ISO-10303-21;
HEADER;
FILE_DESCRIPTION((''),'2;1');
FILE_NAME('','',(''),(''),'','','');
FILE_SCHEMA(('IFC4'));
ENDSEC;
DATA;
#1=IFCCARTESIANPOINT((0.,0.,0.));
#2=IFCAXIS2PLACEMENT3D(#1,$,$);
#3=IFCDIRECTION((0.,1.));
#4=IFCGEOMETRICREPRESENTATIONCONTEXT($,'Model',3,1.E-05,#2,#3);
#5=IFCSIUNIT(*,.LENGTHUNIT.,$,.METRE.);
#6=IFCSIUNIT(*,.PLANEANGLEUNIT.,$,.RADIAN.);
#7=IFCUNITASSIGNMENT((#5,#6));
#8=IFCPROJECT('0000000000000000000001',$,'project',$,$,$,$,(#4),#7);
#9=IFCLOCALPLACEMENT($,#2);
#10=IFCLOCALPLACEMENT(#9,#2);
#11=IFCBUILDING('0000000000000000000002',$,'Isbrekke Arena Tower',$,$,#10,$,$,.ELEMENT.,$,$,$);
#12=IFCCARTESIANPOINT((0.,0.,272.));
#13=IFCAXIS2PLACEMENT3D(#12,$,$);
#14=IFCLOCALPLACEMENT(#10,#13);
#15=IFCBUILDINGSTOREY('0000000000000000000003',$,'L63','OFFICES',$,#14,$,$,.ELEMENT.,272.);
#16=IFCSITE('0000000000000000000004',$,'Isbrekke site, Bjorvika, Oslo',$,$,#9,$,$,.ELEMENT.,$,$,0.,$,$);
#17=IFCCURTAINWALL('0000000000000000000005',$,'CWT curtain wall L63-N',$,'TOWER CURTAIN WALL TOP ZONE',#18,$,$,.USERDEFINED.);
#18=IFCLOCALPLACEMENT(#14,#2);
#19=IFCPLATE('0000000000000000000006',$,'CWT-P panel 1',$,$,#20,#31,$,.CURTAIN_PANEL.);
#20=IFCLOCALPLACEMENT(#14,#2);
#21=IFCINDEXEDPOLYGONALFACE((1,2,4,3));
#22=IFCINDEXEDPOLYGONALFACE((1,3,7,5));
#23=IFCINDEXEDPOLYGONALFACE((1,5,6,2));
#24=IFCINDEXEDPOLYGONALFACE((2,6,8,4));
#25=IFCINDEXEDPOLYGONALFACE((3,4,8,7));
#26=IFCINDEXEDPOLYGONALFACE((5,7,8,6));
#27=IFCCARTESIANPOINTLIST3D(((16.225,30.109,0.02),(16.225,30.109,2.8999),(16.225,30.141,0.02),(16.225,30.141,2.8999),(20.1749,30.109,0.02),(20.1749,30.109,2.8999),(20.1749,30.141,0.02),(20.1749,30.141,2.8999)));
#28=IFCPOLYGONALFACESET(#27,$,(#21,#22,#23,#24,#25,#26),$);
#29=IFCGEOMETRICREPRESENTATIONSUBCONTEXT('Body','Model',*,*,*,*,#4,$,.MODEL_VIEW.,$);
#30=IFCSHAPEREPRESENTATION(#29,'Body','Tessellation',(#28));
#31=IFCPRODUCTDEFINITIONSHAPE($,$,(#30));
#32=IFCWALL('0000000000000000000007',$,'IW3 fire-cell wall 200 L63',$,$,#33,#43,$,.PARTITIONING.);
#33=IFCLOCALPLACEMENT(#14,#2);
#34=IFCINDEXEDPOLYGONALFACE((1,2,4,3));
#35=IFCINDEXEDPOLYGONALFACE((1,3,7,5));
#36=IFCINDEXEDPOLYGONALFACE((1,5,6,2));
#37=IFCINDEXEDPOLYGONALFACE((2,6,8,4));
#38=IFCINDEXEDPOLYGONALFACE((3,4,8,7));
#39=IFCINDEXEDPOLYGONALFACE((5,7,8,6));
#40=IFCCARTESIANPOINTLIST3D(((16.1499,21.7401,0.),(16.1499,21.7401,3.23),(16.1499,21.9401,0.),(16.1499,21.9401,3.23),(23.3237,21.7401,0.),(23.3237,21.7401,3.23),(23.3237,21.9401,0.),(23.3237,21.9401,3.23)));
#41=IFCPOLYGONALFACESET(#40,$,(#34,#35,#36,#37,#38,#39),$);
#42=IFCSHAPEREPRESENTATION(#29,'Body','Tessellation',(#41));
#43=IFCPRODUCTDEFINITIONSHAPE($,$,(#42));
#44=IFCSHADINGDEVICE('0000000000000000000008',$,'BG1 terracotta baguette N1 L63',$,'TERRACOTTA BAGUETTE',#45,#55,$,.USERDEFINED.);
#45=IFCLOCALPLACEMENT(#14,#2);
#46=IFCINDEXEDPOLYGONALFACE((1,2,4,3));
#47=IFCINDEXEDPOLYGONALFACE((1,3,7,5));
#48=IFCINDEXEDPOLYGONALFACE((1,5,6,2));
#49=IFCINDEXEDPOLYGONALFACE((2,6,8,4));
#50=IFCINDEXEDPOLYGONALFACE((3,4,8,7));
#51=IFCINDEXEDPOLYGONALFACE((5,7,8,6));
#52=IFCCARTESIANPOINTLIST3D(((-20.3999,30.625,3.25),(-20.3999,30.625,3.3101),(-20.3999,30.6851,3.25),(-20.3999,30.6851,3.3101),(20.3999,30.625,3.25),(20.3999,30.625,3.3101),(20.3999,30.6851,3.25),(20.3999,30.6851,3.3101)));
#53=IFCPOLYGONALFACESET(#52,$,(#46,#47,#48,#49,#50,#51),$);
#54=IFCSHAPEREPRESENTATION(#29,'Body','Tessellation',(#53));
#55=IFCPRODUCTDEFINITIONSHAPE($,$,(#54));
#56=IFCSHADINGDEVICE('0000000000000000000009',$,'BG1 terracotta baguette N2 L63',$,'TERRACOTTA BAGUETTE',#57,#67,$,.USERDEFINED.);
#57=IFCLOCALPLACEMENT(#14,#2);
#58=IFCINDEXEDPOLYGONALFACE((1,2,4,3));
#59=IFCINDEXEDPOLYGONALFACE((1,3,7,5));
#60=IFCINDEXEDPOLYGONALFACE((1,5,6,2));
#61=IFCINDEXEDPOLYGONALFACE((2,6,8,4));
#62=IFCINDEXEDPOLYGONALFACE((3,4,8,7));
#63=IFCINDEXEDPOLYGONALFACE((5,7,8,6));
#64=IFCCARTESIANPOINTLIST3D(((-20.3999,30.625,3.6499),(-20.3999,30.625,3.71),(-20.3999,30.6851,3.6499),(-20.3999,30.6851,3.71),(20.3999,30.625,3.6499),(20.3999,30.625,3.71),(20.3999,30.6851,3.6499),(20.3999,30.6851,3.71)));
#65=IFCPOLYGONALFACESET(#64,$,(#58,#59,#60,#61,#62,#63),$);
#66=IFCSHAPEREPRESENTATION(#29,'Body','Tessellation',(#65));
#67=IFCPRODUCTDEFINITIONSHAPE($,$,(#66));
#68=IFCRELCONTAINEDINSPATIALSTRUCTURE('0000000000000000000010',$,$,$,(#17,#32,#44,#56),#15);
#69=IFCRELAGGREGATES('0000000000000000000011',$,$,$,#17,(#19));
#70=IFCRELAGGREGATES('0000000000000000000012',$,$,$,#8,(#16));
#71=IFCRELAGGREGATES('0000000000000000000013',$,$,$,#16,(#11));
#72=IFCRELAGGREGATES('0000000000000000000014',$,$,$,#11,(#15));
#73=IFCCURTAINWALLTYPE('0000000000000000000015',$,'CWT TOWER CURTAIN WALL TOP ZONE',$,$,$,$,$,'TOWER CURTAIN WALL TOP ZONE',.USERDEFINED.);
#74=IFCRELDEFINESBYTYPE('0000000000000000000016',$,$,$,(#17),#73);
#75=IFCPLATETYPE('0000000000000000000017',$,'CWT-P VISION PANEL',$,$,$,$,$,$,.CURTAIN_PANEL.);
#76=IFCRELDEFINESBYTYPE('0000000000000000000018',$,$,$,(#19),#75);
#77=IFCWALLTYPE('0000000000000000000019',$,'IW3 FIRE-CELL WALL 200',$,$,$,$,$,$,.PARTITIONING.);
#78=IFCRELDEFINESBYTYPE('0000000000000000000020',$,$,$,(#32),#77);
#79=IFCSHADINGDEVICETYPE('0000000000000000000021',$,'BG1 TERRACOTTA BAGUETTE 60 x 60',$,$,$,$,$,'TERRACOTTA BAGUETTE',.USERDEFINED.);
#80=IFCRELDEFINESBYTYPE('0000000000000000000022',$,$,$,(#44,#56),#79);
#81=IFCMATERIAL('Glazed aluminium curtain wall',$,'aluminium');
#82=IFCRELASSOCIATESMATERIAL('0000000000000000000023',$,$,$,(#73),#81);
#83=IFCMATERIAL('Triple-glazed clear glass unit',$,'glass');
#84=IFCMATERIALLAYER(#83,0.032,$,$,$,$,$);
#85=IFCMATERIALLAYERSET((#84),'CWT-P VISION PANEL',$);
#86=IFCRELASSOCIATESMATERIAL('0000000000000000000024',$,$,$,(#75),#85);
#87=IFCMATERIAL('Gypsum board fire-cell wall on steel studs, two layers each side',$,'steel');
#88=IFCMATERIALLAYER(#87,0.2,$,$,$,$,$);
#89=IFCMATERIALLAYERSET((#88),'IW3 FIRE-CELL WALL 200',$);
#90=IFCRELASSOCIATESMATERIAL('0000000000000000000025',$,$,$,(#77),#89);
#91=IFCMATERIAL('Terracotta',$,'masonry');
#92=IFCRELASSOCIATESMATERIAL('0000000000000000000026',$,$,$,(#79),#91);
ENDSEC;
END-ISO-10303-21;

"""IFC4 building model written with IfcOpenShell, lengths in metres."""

from ifc_helpers import new_model, si_unit, direction, frame, frame_2d, origin, origin_2d, place, context, subcontext, project, spatial, rectangle, extrude, material, layer, layer_set, material_profile, profile_set, type_object, element, aggregate, save


model = new_model("IFC4")

# Units and contexts
model_context = context("Model", 3, precision=1e-05, world=origin(), true_north=direction((0.0, 1.0)))
body_context = subcontext(model_context, "Body", "Model", "MODEL_VIEW")
ifc_project = project(units=[si_unit("LENGTHUNIT", "METRE"), si_unit("PLANEANGLEUNIT", "RADIAN")], contexts=[model_context])

# Site, building, storey
site_placement = place(None, origin())
site = spatial("IfcSite", under=ifc_project, at=site_placement, Name="Isbrekke site, Bjorvika, Oslo", CompositionType="ELEMENT", RefElevation=0.0)
building_placement = place(site_placement, origin())
building = spatial("IfcBuilding", under=site, at=building_placement, Name="Isbrekke Arena Tower", CompositionType="ELEMENT")
storey_placement = place(building_placement, frame((0.0, 0.0, 272.0)))
storey = spatial("IfcBuildingStorey", under=building, at=storey_placement, Name="L63", Description="OFFICES", CompositionType="ELEMENT", Elevation=272.0)

# Curtain wall
ifc_material_1 = material(Name="Glazed aluminium curtain wall", Category="aluminium")
curtain_wall_type = type_object("IfcCurtainWallType", Name="CWT TOWER CURTAIN WALL TOP ZONE", ElementType="TOWER CURTAIN WALL TOP ZONE", PredefinedType="USERDEFINED", material=ifc_material_1)
curtain_wall_1_placement = place(storey_placement, origin())
curtain_wall_1 = element("IfcCurtainWall", 1, at=curtain_wall_1_placement, inside=storey, type_object=curtain_wall_type, Name="CWT curtain wall L63-N", ObjectType="TOWER CURTAIN WALL TOP ZONE", PredefinedType="USERDEFINED")

# Plate
ifc_material_2 = material(Name="Triple-glazed clear glass unit", Category="glass")
ifc_layer_1 = layer(ifc_material_2, 0.032)
ifc_layer_set_1 = layer_set([ifc_layer_1], Name="CWT-P VISION PANEL")
plate_type = type_object("IfcPlateType", Name="CWT-P VISION PANEL", PredefinedType="CURTAIN_PANEL", material=ifc_layer_set_1)
plate_1_placement = place(storey_placement, frame((18.2, 30.125, 0.02), z_axis=(0.0, 0.0, 1.0), x_axis=(-1.0, 0.0, 0.0)))
plate_1 = element("IfcPlate", 2, at=plate_1_placement, type_object=plate_type, Name="CWT-P panel 1", PredefinedType="CURTAIN_PANEL", context=body_context, shape_type="SweptSolid", body=[
    extrude(rectangle(XDim=3.95, YDim=0.032, at=origin_2d()), origin(), (0.0, 0.0, 1.0), 2.8799),
])
aggregate(curtain_wall_1, [plate_1])

# Wall
ifc_material_3 = material(Name="Gypsum board fire-cell wall on steel studs, two layers each side", Category="steel")
ifc_layer_2 = layer(ifc_material_3, 0.2)
ifc_layer_set_2 = layer_set([ifc_layer_2], Name="IW3 FIRE-CELL WALL 200")
wall_type = type_object("IfcWallType", Name="IW3 FIRE-CELL WALL 200", PredefinedType="PARTITIONING", material=ifc_layer_set_2)
wall_placement = place(storey_placement, frame((16.1499, 21.8401, 0.0), z_axis=(0.0, 0.0, 1.0), x_axis=(1.0, 0.0, 0.0)))
element("IfcWall", 3, at=wall_placement, inside=storey, type_object=wall_type, Name="IW3 fire-cell wall 200 L63", PredefinedType="PARTITIONING", context=body_context, shape_type="SweptSolid", body=[
    extrude(rectangle(XDim=7.1738, YDim=0.2, at=frame_2d((3.5869, 0.0))), origin(), (0.0, 0.0, 1.0), 3.23),
])

# Shading devices
ifc_material_4 = material(Name="Terracotta", Category="masonry")
ifc_material_profile_1 = material_profile(ifc_material_4, rectangle(XDim=0.0601, YDim=0.0601, at=origin_2d()), Name="BAGUETTE 60X60")
ifc_profile_set_1 = profile_set([ifc_material_profile_1], Name="Terracotta")
shading_device_type = type_object("IfcShadingDeviceType", Name="BG1 TERRACOTTA BAGUETTE 60 x 60", ElementType="TERRACOTTA BAGUETTE", PredefinedType="USERDEFINED", material=ifc_profile_set_1)
for number, where, z_axis, x_axis, name in (
    (4, (20.3999, 30.655, 3.28), (-1.0, 0.0, 0.0), (0.0, -1.0, 0.0), "BG1 terracotta baguette N1 L63"),
    (5, (20.3999, 30.655, 3.6799), (-1.0, 0.0, 0.0), (0.0, -1.0, 0.0), "BG1 terracotta baguette N2 L63"),
):
    element("IfcShadingDevice", number, at=place(storey_placement, frame(where, z_axis=z_axis, x_axis=x_axis)), inside=storey, type_object=shading_device_type, Name=name, ObjectType="TERRACOTTA BAGUETTE", PredefinedType="USERDEFINED", context=body_context, shape_type="SweptSolid", body=[
        extrude(rectangle(XDim=0.0601, YDim=0.0601, at=origin_2d()), origin(), (0.0, 0.0, 1.0), 40.7998),
    ])

save(model, "model.ifc")
